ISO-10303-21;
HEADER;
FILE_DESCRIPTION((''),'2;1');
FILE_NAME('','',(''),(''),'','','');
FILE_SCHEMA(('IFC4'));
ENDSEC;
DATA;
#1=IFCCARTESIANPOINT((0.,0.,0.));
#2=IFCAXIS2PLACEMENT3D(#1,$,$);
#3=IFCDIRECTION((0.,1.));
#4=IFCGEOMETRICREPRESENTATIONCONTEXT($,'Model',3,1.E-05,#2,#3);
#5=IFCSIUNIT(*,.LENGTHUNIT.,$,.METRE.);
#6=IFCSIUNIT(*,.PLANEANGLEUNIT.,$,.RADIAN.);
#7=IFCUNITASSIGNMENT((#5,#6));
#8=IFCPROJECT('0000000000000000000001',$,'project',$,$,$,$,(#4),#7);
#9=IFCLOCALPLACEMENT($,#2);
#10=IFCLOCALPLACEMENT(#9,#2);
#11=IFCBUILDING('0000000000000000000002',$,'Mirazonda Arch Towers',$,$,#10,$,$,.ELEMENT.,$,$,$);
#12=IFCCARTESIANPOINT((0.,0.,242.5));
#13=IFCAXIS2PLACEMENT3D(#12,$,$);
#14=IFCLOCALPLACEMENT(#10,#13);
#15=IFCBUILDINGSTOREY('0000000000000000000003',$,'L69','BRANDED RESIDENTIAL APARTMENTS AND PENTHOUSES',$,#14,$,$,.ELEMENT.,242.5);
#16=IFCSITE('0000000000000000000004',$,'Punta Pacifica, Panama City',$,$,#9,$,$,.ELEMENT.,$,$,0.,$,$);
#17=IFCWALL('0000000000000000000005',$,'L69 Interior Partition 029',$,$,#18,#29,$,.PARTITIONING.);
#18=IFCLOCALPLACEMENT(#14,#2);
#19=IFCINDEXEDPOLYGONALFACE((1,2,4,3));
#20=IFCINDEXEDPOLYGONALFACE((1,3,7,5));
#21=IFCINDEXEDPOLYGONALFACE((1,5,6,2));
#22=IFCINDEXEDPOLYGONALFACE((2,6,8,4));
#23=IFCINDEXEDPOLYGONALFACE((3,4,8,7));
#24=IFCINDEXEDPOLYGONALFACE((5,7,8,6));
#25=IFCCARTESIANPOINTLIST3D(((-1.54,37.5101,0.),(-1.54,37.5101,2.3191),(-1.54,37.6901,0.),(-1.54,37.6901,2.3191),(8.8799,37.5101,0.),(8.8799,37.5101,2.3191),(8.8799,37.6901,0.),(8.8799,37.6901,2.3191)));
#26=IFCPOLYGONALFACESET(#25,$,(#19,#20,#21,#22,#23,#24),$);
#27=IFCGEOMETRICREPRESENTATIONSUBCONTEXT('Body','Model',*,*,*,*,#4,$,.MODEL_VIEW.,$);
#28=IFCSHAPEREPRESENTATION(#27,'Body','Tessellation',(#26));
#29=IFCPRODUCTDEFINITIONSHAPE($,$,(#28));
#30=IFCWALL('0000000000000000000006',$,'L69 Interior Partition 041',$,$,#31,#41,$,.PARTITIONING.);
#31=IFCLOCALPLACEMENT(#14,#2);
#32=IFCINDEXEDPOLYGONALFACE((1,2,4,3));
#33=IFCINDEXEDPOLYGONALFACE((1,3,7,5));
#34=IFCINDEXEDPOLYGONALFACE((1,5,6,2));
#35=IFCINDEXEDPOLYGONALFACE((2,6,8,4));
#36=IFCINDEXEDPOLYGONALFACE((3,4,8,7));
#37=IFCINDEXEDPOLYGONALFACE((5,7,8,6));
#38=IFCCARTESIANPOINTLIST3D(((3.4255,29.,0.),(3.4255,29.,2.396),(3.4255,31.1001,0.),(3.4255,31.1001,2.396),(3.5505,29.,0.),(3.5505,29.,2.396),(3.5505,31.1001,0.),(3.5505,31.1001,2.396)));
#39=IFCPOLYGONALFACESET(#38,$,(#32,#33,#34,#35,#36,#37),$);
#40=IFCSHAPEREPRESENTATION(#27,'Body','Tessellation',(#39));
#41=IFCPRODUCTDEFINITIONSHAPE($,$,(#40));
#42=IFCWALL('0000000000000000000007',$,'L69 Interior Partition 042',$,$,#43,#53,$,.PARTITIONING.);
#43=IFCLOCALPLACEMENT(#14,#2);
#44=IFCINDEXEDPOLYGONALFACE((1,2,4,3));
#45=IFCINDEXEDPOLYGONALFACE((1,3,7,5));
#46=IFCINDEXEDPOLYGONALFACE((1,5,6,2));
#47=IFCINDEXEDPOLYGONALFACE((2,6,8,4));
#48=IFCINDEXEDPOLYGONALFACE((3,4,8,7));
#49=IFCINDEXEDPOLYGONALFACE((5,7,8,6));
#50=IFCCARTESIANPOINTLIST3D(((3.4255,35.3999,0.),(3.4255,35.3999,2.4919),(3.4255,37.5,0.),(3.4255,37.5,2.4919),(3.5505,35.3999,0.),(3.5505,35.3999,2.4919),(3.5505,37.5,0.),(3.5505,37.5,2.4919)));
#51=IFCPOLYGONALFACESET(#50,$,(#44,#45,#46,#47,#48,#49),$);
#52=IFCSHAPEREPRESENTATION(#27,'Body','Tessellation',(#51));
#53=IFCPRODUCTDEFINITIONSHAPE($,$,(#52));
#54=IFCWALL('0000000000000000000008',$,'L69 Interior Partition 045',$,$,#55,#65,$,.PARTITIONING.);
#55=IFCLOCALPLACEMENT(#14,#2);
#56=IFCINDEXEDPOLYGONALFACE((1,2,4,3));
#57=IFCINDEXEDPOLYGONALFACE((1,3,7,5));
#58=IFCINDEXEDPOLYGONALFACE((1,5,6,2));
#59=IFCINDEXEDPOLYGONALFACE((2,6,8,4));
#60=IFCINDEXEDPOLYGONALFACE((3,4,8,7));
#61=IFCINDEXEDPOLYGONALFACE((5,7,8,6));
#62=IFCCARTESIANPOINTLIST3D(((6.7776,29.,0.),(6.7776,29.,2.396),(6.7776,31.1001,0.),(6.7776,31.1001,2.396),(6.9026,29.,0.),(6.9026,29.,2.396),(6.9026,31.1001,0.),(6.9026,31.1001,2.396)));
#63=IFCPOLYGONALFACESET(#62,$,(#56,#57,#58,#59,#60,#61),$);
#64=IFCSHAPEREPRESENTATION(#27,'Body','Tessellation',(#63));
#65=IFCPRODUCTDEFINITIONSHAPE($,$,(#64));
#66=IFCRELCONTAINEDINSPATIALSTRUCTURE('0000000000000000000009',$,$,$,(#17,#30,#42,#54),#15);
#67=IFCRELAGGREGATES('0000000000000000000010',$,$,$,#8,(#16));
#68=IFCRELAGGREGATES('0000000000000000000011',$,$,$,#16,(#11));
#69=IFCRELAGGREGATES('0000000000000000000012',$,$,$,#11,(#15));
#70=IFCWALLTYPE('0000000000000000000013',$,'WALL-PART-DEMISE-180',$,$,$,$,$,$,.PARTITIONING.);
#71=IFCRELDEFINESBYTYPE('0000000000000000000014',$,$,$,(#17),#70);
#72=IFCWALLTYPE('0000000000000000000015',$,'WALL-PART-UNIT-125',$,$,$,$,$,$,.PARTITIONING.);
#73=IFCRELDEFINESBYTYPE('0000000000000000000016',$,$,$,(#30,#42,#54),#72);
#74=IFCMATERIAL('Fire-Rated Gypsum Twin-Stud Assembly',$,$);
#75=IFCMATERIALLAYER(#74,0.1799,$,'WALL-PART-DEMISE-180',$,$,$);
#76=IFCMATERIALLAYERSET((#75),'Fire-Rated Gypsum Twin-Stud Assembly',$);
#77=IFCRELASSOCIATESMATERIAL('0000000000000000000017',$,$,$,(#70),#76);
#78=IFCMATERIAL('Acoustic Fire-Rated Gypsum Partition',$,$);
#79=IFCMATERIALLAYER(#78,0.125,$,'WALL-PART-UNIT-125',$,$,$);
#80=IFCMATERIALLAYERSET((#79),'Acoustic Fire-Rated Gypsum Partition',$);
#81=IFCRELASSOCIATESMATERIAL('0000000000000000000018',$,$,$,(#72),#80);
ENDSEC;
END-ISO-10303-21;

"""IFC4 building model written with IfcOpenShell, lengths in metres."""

from ifc_helpers import new_model, si_unit, direction, frame, frame_2d, origin, place, context, subcontext, project, spatial, rectangle, extrude, material, layer, layer_set, type_object, element, save


model = new_model("IFC4")

# Units and contexts
model_context = context("Model", 3, precision=1e-05, world=origin(), true_north=direction((0.0, 1.0)))
body_context = subcontext(model_context, "Body", "Model", "MODEL_VIEW")
ifc_project = project(units=[si_unit("LENGTHUNIT", "METRE"), si_unit("PLANEANGLEUNIT", "RADIAN")], contexts=[model_context])

# Site, building, storey
site_placement = place(None, origin())
site = spatial("IfcSite", under=ifc_project, at=site_placement, Name="Punta Pacifica, Panama City", CompositionType="ELEMENT", RefElevation=0.0)
building_placement = place(site_placement, origin())
building = spatial("IfcBuilding", under=site, at=building_placement, Name="Mirazonda Arch Towers", CompositionType="ELEMENT")
storey_placement = place(building_placement, frame((0.0, 0.0, 242.5)))
storey = spatial("IfcBuildingStorey", under=building, at=storey_placement, Name="L69", Description="BRANDED RESIDENTIAL APARTMENTS AND PENTHOUSES", CompositionType="ELEMENT", Elevation=242.5)

# Shared definitions
ifc_material_1 = material(Name="Fire-Rated Gypsum Twin-Stud Assembly")
ifc_layer_1 = layer(ifc_material_1, 0.1799, Name="WALL-PART-DEMISE-180")
ifc_layer_set_1 = layer_set([ifc_layer_1], Name="Fire-Rated Gypsum Twin-Stud Assembly")
wall_type_1 = type_object("IfcWallType", Name="WALL-PART-DEMISE-180", PredefinedType="PARTITIONING", material=ifc_layer_set_1)

# Walls
wall_1_placement = place(storey_placement, frame((-1.54, 37.6001, 0.0), z_axis=(0.0, 0.0, 1.0), x_axis=(1.0, 0.0, 0.0)))
element("IfcWall", 1, at=wall_1_placement, inside=storey, type_object=wall_type_1, Name="L69 Interior Partition 029", PredefinedType="PARTITIONING", context=body_context, shape_type="SweptSolid", body=[
    extrude(rectangle(XDim=10.4199, YDim=0.1799, at=frame_2d((5.21, 0.0))), origin(), (0.0, 0.0, 1.0), 2.3191),
])
ifc_material_2 = material(Name="Acoustic Fire-Rated Gypsum Partition")
ifc_layer_2 = layer(ifc_material_2, 0.125, Name="WALL-PART-UNIT-125")
ifc_layer_set_2 = layer_set([ifc_layer_2], Name="Acoustic Fire-Rated Gypsum Partition")
wall_type_2 = type_object("IfcWallType", Name="WALL-PART-UNIT-125", PredefinedType="PARTITIONING", material=ifc_layer_set_2)
wall_2_placement = place(storey_placement, frame((3.488, 29.0, 0.0), z_axis=(0.0, 0.0, 1.0), x_axis=(0.0, 1.0, 0.0)))
element("IfcWall", 2, at=wall_2_placement, inside=storey, type_object=wall_type_2, Name="L69 Interior Partition 041", PredefinedType="PARTITIONING", context=body_context, shape_type="SweptSolid", body=[
    extrude(rectangle(XDim=2.1001, YDim=0.125, at=frame_2d((1.05, 0.0))), origin(), (0.0, 0.0, 1.0), 2.396),
])
wall_3_placement = place(storey_placement, frame((3.488, 35.3999, 0.0), z_axis=(0.0, 0.0, 1.0), x_axis=(0.0, 1.0, 0.0)))
element("IfcWall", 3, at=wall_3_placement, inside=storey, type_object=wall_type_2, Name="L69 Interior Partition 042", PredefinedType="PARTITIONING", context=body_context, shape_type="SweptSolid", body=[
    extrude(rectangle(XDim=2.1001, YDim=0.125, at=frame_2d((1.05, 0.0))), origin(), (0.0, 0.0, 1.0), 2.4919),
])
wall_4_placement = place(storey_placement, frame((6.8401, 29.0, 0.0), z_axis=(0.0, 0.0, 1.0), x_axis=(0.0, 1.0, 0.0)))
element("IfcWall", 4, at=wall_4_placement, inside=storey, type_object=wall_type_2, Name="L69 Interior Partition 045", PredefinedType="PARTITIONING", context=body_context, shape_type="SweptSolid", body=[
    extrude(rectangle(XDim=2.1001, YDim=0.125, at=frame_2d((1.05, 0.0))), origin(), (0.0, 0.0, 1.0), 2.396),
])

save(model, "model.ifc")
